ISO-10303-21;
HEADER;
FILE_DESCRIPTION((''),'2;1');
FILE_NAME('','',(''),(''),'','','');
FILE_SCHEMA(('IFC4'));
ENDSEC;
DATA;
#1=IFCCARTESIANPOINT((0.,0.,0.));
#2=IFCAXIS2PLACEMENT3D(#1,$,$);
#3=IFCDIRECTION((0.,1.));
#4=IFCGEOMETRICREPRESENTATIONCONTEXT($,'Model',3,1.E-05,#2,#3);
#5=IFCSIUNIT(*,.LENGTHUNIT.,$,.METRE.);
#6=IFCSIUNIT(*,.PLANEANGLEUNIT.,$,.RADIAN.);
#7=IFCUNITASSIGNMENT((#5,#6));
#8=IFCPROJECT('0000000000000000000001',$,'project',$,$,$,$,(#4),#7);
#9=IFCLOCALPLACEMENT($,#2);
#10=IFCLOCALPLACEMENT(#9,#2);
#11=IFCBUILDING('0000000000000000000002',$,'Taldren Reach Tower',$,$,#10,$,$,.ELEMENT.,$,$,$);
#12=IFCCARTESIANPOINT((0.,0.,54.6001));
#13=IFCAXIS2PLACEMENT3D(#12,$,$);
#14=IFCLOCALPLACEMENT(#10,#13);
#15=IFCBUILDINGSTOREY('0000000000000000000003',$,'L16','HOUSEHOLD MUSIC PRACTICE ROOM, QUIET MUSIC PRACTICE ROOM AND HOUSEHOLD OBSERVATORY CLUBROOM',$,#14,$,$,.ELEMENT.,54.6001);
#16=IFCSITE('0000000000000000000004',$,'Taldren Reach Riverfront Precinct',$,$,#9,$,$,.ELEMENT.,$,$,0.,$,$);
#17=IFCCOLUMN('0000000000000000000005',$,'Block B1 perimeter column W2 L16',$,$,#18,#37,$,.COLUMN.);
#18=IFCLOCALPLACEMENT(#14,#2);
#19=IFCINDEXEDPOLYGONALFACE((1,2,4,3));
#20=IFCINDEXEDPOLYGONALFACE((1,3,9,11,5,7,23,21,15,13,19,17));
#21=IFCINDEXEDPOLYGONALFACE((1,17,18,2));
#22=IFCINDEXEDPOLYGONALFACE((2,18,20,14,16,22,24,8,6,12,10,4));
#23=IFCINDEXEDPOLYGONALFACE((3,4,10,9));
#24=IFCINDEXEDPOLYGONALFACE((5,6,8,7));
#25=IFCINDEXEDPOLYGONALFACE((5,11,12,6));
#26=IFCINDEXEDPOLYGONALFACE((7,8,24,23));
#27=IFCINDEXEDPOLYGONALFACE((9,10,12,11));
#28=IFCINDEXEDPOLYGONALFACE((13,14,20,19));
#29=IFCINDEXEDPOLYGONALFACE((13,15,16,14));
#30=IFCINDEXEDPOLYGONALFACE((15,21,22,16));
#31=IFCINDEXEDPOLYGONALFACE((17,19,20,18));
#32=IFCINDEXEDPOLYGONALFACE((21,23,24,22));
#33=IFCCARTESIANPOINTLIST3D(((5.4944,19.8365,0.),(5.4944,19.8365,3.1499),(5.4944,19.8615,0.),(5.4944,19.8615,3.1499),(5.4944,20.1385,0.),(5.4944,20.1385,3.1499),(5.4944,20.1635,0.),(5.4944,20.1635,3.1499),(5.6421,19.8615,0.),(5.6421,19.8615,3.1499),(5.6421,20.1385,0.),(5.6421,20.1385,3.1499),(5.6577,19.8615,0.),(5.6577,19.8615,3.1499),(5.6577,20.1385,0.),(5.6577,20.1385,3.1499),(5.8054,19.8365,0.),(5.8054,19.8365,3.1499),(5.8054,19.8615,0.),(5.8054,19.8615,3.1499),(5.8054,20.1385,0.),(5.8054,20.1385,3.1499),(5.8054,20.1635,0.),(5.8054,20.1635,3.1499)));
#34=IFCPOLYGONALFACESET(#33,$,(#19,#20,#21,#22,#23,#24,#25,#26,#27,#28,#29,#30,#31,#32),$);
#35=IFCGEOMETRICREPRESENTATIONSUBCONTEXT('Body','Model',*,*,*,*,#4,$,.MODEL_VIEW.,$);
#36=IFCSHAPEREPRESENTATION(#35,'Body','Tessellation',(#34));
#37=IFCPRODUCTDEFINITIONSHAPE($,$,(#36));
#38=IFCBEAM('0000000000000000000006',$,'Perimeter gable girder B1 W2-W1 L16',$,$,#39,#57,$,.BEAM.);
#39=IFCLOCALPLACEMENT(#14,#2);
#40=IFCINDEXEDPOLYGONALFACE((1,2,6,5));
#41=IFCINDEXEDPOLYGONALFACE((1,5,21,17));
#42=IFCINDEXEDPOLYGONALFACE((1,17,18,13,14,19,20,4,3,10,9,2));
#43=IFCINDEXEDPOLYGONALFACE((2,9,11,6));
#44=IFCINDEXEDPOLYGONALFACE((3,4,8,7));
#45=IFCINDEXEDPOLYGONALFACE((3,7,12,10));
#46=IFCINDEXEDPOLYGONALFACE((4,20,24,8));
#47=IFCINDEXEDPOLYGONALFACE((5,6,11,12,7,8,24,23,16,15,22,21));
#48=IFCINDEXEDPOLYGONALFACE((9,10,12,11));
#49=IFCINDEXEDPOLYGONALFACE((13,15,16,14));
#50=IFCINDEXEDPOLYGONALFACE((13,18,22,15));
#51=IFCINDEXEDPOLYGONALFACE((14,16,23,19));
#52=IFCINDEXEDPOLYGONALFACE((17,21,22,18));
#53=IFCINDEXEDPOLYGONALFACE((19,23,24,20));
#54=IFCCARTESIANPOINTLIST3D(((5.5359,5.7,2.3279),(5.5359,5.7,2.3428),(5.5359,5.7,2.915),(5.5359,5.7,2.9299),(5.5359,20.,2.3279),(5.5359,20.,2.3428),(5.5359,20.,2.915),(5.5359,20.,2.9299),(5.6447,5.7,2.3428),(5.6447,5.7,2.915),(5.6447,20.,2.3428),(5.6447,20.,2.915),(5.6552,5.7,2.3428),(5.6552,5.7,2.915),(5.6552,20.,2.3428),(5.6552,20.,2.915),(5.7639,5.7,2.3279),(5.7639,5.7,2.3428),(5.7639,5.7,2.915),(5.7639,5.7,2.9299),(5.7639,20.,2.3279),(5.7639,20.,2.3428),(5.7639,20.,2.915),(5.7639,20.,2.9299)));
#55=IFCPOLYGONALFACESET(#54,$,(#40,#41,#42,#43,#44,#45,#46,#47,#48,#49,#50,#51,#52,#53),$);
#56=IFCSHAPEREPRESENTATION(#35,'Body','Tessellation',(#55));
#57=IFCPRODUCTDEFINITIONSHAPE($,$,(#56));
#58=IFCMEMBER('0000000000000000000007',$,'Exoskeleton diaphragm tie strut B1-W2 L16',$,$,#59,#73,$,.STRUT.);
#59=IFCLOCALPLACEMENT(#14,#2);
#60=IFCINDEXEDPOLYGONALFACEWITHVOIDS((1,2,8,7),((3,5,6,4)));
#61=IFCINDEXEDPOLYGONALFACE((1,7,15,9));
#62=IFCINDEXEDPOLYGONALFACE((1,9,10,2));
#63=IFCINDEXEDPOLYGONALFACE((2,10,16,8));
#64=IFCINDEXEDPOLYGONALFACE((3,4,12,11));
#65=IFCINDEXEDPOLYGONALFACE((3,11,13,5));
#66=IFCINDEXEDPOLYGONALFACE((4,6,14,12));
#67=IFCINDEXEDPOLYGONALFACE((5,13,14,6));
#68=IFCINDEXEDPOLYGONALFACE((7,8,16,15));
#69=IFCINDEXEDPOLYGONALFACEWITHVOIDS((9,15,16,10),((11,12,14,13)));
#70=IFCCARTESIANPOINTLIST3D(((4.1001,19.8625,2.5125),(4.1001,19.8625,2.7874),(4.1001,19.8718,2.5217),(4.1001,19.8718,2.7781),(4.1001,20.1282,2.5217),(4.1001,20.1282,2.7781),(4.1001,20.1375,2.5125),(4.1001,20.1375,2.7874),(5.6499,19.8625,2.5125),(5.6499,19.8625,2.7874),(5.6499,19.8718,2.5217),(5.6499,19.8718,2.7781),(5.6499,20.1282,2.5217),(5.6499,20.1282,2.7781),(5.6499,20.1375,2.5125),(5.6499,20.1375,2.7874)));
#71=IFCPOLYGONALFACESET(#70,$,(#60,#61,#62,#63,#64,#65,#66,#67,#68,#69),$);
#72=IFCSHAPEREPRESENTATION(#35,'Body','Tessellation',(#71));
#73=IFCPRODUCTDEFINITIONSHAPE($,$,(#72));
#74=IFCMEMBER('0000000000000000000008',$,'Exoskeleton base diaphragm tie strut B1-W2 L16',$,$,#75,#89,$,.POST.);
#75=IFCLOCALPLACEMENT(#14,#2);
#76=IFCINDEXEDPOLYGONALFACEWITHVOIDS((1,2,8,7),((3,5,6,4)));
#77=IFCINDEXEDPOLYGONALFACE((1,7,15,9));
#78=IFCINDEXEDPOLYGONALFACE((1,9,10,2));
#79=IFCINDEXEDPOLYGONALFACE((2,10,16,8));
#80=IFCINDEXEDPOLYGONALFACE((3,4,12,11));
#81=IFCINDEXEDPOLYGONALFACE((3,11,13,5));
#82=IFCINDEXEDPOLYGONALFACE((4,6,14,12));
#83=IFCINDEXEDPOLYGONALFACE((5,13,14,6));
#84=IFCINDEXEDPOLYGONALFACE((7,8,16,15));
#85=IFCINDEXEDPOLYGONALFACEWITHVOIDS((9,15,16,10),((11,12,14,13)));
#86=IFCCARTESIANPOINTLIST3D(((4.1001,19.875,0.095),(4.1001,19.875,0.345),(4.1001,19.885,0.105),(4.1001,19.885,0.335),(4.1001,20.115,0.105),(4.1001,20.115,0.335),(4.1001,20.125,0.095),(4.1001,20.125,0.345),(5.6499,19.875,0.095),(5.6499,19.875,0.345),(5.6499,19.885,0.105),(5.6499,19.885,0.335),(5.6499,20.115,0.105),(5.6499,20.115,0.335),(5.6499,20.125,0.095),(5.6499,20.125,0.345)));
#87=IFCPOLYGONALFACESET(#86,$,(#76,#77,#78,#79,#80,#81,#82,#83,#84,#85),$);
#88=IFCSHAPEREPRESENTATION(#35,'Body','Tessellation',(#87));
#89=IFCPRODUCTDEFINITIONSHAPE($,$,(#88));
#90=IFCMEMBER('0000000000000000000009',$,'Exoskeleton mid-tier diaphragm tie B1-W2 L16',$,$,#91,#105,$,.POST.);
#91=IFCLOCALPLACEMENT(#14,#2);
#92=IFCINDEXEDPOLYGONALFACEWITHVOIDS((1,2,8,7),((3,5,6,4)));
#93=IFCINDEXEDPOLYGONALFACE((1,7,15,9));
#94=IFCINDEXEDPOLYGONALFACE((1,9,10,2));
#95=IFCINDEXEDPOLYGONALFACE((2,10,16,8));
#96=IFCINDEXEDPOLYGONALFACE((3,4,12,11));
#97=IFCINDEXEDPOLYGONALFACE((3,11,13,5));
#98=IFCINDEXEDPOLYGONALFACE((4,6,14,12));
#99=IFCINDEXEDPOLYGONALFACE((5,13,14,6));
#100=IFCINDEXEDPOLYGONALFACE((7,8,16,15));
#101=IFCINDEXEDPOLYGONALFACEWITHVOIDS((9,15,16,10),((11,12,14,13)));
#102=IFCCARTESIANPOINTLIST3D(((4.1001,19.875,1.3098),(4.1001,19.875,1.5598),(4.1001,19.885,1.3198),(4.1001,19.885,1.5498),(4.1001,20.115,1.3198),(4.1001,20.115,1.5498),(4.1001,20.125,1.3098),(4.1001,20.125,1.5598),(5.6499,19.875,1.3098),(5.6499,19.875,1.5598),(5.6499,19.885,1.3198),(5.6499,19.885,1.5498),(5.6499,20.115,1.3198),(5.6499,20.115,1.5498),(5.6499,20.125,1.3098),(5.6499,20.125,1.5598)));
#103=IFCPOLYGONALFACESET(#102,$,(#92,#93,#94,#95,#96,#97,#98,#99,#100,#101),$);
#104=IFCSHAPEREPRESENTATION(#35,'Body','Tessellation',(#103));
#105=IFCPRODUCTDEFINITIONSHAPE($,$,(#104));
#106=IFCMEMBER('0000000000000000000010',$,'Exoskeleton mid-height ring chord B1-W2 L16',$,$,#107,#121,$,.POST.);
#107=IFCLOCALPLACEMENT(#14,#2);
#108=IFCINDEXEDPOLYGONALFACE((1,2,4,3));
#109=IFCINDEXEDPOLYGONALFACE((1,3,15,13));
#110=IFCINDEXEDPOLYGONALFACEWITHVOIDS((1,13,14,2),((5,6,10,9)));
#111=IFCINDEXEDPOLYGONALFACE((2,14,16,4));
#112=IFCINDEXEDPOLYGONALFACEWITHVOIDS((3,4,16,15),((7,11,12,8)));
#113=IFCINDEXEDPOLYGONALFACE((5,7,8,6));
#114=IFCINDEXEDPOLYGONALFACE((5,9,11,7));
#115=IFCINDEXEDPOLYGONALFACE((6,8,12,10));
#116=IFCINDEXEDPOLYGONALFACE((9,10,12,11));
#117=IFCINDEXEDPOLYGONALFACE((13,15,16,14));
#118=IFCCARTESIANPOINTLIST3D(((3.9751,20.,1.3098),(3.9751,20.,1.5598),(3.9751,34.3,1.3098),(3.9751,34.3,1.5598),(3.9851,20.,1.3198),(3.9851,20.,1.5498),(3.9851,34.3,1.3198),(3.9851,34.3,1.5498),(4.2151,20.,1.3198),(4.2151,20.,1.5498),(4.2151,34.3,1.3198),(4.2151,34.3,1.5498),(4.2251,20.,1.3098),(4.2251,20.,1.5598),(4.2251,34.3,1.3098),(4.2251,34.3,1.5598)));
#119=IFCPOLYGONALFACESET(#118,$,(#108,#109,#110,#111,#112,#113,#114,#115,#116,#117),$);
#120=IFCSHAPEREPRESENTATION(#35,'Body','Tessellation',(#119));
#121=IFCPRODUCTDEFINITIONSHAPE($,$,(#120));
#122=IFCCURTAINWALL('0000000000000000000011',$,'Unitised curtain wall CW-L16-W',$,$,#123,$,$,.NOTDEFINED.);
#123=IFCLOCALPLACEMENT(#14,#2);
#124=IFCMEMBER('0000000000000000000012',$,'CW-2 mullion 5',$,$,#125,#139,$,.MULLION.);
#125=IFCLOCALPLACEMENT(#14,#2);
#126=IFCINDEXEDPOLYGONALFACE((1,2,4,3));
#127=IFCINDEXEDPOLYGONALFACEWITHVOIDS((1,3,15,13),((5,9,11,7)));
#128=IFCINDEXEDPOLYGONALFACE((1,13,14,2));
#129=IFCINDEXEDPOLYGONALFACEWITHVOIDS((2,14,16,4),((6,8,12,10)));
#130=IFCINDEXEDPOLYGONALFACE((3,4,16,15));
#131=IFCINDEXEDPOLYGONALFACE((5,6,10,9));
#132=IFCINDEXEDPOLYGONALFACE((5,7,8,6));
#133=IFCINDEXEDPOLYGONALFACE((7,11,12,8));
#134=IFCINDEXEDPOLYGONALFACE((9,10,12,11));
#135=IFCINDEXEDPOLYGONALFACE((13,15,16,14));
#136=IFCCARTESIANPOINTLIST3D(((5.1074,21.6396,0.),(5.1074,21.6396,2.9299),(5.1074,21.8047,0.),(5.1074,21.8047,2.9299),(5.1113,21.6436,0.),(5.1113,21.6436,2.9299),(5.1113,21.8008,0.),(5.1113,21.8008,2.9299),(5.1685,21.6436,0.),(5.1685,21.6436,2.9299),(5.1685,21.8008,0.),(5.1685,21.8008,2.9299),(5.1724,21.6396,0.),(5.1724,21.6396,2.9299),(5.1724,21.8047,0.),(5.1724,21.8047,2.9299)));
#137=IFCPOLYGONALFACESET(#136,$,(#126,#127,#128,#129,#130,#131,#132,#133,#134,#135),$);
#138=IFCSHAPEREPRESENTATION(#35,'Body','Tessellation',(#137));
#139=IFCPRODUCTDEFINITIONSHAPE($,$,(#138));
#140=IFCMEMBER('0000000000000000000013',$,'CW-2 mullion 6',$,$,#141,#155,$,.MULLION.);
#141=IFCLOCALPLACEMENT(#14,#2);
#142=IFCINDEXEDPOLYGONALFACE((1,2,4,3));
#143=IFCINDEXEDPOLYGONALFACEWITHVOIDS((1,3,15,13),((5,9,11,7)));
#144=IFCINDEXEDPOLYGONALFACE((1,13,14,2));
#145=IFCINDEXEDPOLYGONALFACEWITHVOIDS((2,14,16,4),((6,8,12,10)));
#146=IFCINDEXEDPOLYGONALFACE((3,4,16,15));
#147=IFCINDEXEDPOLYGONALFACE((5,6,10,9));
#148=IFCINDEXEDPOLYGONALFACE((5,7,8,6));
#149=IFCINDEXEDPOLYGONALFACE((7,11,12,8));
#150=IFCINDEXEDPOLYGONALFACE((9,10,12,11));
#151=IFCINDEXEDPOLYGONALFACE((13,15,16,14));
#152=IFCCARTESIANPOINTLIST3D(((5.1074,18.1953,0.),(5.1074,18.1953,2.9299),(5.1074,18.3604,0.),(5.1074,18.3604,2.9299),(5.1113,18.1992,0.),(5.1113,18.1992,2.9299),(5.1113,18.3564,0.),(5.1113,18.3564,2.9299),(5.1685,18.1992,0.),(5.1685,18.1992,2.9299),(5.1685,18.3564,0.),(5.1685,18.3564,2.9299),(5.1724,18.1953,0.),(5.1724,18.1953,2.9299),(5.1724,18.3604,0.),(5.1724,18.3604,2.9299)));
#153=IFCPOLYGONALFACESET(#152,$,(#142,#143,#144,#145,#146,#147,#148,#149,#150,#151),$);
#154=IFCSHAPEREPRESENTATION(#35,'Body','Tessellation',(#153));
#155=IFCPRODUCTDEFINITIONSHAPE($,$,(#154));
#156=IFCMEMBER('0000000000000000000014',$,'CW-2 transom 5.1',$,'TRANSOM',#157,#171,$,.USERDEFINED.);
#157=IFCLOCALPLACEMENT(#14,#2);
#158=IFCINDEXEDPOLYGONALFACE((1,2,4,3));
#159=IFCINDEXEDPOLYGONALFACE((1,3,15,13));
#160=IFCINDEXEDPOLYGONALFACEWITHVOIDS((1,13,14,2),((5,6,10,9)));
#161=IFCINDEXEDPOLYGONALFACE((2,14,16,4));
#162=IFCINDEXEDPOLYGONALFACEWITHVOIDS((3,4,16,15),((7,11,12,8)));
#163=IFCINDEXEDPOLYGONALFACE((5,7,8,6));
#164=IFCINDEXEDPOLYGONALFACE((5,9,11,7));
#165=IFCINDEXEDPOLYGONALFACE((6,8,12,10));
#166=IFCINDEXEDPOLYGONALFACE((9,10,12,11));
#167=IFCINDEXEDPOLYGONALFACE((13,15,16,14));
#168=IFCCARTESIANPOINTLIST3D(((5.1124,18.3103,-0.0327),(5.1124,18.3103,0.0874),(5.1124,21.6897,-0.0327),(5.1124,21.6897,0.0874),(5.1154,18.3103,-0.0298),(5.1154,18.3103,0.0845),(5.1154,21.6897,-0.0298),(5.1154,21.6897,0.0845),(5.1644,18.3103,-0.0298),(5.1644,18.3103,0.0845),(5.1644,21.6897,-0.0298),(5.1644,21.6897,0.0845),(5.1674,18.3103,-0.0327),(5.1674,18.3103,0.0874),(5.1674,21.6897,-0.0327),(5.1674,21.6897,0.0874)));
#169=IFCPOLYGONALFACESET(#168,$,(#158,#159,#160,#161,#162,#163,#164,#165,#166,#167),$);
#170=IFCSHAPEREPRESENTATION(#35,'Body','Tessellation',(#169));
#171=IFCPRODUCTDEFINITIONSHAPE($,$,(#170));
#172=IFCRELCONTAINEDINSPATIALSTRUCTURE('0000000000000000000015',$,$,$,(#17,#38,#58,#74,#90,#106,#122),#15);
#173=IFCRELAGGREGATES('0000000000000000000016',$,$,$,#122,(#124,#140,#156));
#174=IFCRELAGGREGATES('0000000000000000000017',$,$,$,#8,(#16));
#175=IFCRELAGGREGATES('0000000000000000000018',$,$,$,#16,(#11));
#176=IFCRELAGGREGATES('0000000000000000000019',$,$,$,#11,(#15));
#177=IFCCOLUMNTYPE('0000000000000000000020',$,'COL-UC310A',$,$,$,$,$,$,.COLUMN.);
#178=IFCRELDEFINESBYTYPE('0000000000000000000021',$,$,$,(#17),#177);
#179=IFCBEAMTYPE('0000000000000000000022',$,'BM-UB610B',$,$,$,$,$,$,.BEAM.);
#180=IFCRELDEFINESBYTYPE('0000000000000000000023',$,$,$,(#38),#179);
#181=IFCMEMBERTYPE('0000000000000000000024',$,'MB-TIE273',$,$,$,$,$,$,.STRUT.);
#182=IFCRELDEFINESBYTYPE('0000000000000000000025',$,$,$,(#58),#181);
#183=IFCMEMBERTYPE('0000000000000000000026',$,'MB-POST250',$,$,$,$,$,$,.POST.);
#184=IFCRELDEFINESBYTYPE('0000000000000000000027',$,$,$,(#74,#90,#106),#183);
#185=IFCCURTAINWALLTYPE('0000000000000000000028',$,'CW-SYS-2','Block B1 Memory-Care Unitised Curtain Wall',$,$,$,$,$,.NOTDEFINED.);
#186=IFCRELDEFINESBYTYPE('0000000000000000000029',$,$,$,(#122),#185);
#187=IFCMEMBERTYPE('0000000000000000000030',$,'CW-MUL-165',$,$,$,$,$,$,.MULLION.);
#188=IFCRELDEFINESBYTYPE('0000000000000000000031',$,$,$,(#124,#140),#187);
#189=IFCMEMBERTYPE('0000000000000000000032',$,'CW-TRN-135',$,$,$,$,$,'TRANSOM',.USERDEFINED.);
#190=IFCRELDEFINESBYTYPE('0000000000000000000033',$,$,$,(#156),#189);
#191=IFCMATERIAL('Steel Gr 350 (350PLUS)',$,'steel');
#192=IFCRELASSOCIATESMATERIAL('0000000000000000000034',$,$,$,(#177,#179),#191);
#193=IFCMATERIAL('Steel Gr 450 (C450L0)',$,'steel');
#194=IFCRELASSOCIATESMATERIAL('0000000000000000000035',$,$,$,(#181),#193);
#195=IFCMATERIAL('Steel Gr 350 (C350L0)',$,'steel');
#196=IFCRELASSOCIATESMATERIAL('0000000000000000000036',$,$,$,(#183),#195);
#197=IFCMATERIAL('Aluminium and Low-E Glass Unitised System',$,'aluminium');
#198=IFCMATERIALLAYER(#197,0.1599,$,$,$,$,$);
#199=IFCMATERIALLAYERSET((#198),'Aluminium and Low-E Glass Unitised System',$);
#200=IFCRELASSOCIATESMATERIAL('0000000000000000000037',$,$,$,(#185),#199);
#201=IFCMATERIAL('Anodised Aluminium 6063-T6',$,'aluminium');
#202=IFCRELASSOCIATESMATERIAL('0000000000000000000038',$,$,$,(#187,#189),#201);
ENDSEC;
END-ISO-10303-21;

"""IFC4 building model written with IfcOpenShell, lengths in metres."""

from ifc_helpers import new_model, si_unit, direction, frame, origin, origin_2d, place, context, subcontext, project, spatial, hollow_rectangle, i_section, extrude, source, transform, mapped, material, layer, layer_set, material_profile, profile_set, type_object, element, aggregate, save


model = new_model("IFC4")

# Units and contexts
model_context = context("Model", 3, precision=1e-05, world=origin(), true_north=direction((0.0, 1.0)))
body_context = subcontext(model_context, "Body", "Model", "MODEL_VIEW")
ifc_project = project(units=[si_unit("LENGTHUNIT", "METRE"), si_unit("PLANEANGLEUNIT", "RADIAN")], contexts=[model_context])

# Site, building, storey
site_placement = place(None, origin())
site = spatial("IfcSite", under=ifc_project, at=site_placement, Name="Taldren Reach Riverfront Precinct", CompositionType="ELEMENT", RefElevation=0.0)
building_placement = place(site_placement, origin())
building = spatial("IfcBuilding", under=site, at=building_placement, Name="Taldren Reach Tower", CompositionType="ELEMENT")
storey_placement = place(building_placement, frame((0.0, 0.0, 54.6001)))
storey = spatial("IfcBuildingStorey", under=building, at=storey_placement, Name="L16", Description="HOUSEHOLD MUSIC PRACTICE ROOM, QUIET MUSIC PRACTICE ROOM AND HOUSEHOLD OBSERVATORY CLUBROOM", CompositionType="ELEMENT", Elevation=54.6001)

# Column
ifc_material_1 = material(Name="Steel Gr 350 (350PLUS)", Category="steel")
ifc_material_profile_1 = material_profile(ifc_material_1, i_section(OverallWidth=0.311, OverallDepth=0.3269, WebThickness=0.0156, FlangeThickness=0.0249, at=origin_2d()), Name="310UC158")
ifc_profile_set_1 = profile_set([ifc_material_profile_1], Name="Steel Gr 350 (350PLUS)")
column_type = type_object("IfcColumnType", Name="COL-UC310A", PredefinedType="COLUMN", material=ifc_profile_set_1)
shared_shape_1 = source(origin(), body_context, "Body", "SweptSolid", [
    extrude(i_section(OverallWidth=0.311, OverallDepth=0.3269, WebThickness=0.0156, FlangeThickness=0.0249, at=origin_2d()), origin(), (0.0, 0.0, 1.0), 3.1499),
])
column_placement = place(storey_placement, frame((5.6499, 20.0, 0.0), z_axis=(0.0, 0.0, 1.0), x_axis=(1.0, 0.0, 0.0)))
element("IfcColumn", 1, at=column_placement, inside=storey, type_object=column_type, Name="Block B1 perimeter column W2 L16", PredefinedType="COLUMN", context=body_context, shape_type="MappedRepresentation", body=[
    mapped(shared_shape_1, transform((0.0, 0.0, 0.0), scale=1.0)),
])

# Beam
ifc_material_profile_2 = material_profile(ifc_material_1, i_section(OverallWidth=0.228, OverallDepth=0.6021, WebThickness=0.0105, FlangeThickness=0.0149, at=origin_2d()), Name="610UB101")
ifc_profile_set_2 = profile_set([ifc_material_profile_2], Name="Steel Gr 350 (350PLUS)")
beam_type = type_object("IfcBeamType", Name="BM-UB610B", PredefinedType="BEAM", material=ifc_profile_set_2)
shared_shape_2 = source(origin(), body_context, "Body", "SweptSolid", [
    extrude(i_section(OverallWidth=0.228, OverallDepth=0.6021, WebThickness=0.0105, FlangeThickness=0.0149, at=origin_2d()), origin(), (0.0, 0.0, 1.0), 14.3),
])
beam_placement = place(storey_placement, frame((5.6499, 20.0, 2.6289), z_axis=(0.0, -1.0, 0.0), x_axis=(1.0, 0.0, 0.0)))
element("IfcBeam", 2, at=beam_placement, inside=storey, type_object=beam_type, Name="Perimeter gable girder B1 W2-W1 L16", PredefinedType="BEAM", context=body_context, shape_type="MappedRepresentation", body=[
    mapped(shared_shape_2, transform((0.0, 0.0, 0.0), scale=1.0)),
])

# Members
ifc_material_2 = material(Name="Steel Gr 450 (C450L0)", Category="steel")
ifc_material_profile_3 = material_profile(ifc_material_2, hollow_rectangle(XDim=0.2749, YDim=0.2749, WallThickness=0.0093, at=origin_2d()), Name="275x275x9.3SHS")
ifc_profile_set_3 = profile_set([ifc_material_profile_3], Name="Steel Gr 450 (C450L0)")
member_type_1 = type_object("IfcMemberType", Name="MB-TIE273", PredefinedType="STRUT", material=ifc_profile_set_3)
shared_shape_3 = source(origin(), body_context, "Body", "SweptSolid", [
    extrude(hollow_rectangle(XDim=0.2749, YDim=0.2749, WallThickness=0.0093, at=origin_2d()), origin(), (0.0, 0.0, 1.0), 1.5498),
])
member_1_placement = place(storey_placement, frame((5.6499, 20.0, 2.6499), z_axis=(-1.0, 0.0, 0.0), x_axis=(0.0, -1.0, 0.0)))
element("IfcMember", 3, at=member_1_placement, inside=storey, type_object=member_type_1, Name="Exoskeleton diaphragm tie strut B1-W2 L16", PredefinedType="STRUT", context=body_context, shape_type="MappedRepresentation", body=[
    mapped(shared_shape_3, transform((0.0, 0.0, 0.0), scale=1.0)),
])
ifc_material_3 = material(Name="Steel Gr 350 (C350L0)", Category="steel")
ifc_material_profile_4 = material_profile(ifc_material_3, hollow_rectangle(XDim=0.25, YDim=0.25, WallThickness=0.01, at=origin_2d()), Name="250x250x10.0SHS")
ifc_profile_set_4 = profile_set([ifc_material_profile_4], Name="Steel Gr 350 (C350L0)")
member_type_2 = type_object("IfcMemberType", Name="MB-POST250", PredefinedType="POST", material=ifc_profile_set_4)
shared_shape_4 = source(origin(), body_context, "Body", "SweptSolid", [
    extrude(hollow_rectangle(XDim=0.25, YDim=0.25, WallThickness=0.01, at=origin_2d()), origin(), (0.0, 0.0, 1.0), 1.5498),
])
for number, where, z_axis, x_axis, name in (
    (4, (5.6499, 20.0, 0.22), (-1.0, 0.0, 0.0), (0.0, -1.0, 0.0), "Exoskeleton base diaphragm tie strut B1-W2 L16"),
    (5, (5.6499, 20.0, 1.4348), (-1.0, 0.0, 0.0), (0.0, -1.0, 0.0), "Exoskeleton mid-tier diaphragm tie B1-W2 L16"),
):
    element("IfcMember", number, at=place(storey_placement, frame(where, z_axis=z_axis, x_axis=x_axis)), inside=storey, type_object=member_type_2, Name=name, PredefinedType="POST", context=body_context, shape_type="MappedRepresentation", body=[
        mapped(shared_shape_4, transform((0.0, 0.0, 0.0), scale=1.0)),
    ])
shared_shape_5 = source(origin(), body_context, "Body", "SweptSolid", [
    extrude(hollow_rectangle(XDim=0.25, YDim=0.25, WallThickness=0.01, at=origin_2d()), origin(), (0.0, 0.0, 1.0), 14.3),
])
member_2_placement = place(storey_placement, frame((4.1001, 20.0, 1.4348), z_axis=(0.0, 1.0, 0.0), x_axis=(-1.0, 0.0, 0.0)))
element("IfcMember", 6, at=member_2_placement, inside=storey, type_object=member_type_2, Name="Exoskeleton mid-height ring chord B1-W2 L16", PredefinedType="POST", context=body_context, shape_type="MappedRepresentation", body=[
    mapped(shared_shape_5, transform((0.0, 0.0, 0.0), scale=1.0)),
])

# Curtain wall, members
ifc_material_4 = material(Name="Aluminium and Low-E Glass Unitised System", Category="aluminium")
ifc_layer_1 = layer(ifc_material_4, 0.1599)
ifc_layer_set_1 = layer_set([ifc_layer_1], Name="Aluminium and Low-E Glass Unitised System")
curtain_wall_type = type_object("IfcCurtainWallType", Name="CW-SYS-2", Description="Block B1 Memory-Care Unitised Curtain Wall", PredefinedType="NOTDEFINED", material=ifc_layer_set_1)
curtain_wall_placement = place(storey_placement, origin())
curtain_wall = element("IfcCurtainWall", 7, at=curtain_wall_placement, inside=storey, type_object=curtain_wall_type, Name="Unitised curtain wall CW-L16-W", PredefinedType="NOTDEFINED")
ifc_material_5 = material(Name="Anodised Aluminium 6063-T6", Category="aluminium")
ifc_material_profile_5 = material_profile(ifc_material_5, hollow_rectangle(XDim=0.0649, YDim=0.165, WallThickness=0.0039, at=origin_2d()), Name="ALU-165x65x4RHS")
ifc_profile_set_5 = profile_set([ifc_material_profile_5], Name="Anodised Aluminium 6063-T6")
member_type_3 = type_object("IfcMemberType", Name="CW-MUL-165", PredefinedType="MULLION", material=ifc_profile_set_5)
shared_shape_6 = source(origin(), body_context, "Body", "SweptSolid", [
    extrude(hollow_rectangle(XDim=0.0649, YDim=0.165, WallThickness=0.0039, at=origin_2d()), origin(), (0.0, 0.0, 1.0), 2.9299),
])
member_3_placement = place(storey_placement, frame((5.1399, 21.7222, 0.0), z_axis=(0.0, 0.0, 1.0), x_axis=(1.0, 0.0, 0.0)))
member_3 = element("IfcMember", 8, at=member_3_placement, type_object=member_type_3, Name="CW-2 mullion 5", PredefinedType="MULLION", context=body_context, shape_type="MappedRepresentation", body=[
    mapped(shared_shape_6, transform((0.0, 0.0, 0.0), scale=1.0)),
])
member_4_placement = place(storey_placement, frame((5.1399, 18.2778, 0.0), z_axis=(0.0, 0.0, 1.0), x_axis=(1.0, 0.0, 0.0)))
member_4 = element("IfcMember", 9, at=member_4_placement, type_object=member_type_3, Name="CW-2 mullion 6", PredefinedType="MULLION", context=body_context, shape_type="MappedRepresentation", body=[
    mapped(shared_shape_6, transform((0.0, 0.0, 0.0), scale=1.0)),
])
ifc_material_profile_6 = material_profile(ifc_material_5, hollow_rectangle(XDim=0.0549, YDim=0.1201, WallThickness=0.0029, at=origin_2d()), Name="ALU-120x55x3RHS")
ifc_profile_set_6 = profile_set([ifc_material_profile_6], Name="Anodised Aluminium 6063-T6")
member_type_4 = type_object("IfcMemberType", Name="CW-TRN-135", ElementType="TRANSOM", PredefinedType="USERDEFINED", material=ifc_profile_set_6)
shared_shape_7 = source(origin(), body_context, "Body", "SweptSolid", [
    extrude(hollow_rectangle(XDim=0.0549, YDim=0.1201, WallThickness=0.0029, at=origin_2d()), origin(), (0.0, 0.0, 1.0), 3.3794),
])
member_5_placement = place(storey_placement, frame((5.1399, 21.6897, 0.0273), z_axis=(0.0, -1.0, 0.0), x_axis=(1.0, 0.0, 0.0)))
member_5 = element("IfcMember", 10, at=member_5_placement, type_object=member_type_4, Name="CW-2 transom 5.1", ObjectType="TRANSOM", PredefinedType="USERDEFINED", context=body_context, shape_type="MappedRepresentation", body=[
    mapped(shared_shape_7, transform((0.0, 0.0, 0.0), scale=1.0)),
])

aggregate(curtain_wall, [member_3, member_4, member_5])

save(model, "model.ifc")
